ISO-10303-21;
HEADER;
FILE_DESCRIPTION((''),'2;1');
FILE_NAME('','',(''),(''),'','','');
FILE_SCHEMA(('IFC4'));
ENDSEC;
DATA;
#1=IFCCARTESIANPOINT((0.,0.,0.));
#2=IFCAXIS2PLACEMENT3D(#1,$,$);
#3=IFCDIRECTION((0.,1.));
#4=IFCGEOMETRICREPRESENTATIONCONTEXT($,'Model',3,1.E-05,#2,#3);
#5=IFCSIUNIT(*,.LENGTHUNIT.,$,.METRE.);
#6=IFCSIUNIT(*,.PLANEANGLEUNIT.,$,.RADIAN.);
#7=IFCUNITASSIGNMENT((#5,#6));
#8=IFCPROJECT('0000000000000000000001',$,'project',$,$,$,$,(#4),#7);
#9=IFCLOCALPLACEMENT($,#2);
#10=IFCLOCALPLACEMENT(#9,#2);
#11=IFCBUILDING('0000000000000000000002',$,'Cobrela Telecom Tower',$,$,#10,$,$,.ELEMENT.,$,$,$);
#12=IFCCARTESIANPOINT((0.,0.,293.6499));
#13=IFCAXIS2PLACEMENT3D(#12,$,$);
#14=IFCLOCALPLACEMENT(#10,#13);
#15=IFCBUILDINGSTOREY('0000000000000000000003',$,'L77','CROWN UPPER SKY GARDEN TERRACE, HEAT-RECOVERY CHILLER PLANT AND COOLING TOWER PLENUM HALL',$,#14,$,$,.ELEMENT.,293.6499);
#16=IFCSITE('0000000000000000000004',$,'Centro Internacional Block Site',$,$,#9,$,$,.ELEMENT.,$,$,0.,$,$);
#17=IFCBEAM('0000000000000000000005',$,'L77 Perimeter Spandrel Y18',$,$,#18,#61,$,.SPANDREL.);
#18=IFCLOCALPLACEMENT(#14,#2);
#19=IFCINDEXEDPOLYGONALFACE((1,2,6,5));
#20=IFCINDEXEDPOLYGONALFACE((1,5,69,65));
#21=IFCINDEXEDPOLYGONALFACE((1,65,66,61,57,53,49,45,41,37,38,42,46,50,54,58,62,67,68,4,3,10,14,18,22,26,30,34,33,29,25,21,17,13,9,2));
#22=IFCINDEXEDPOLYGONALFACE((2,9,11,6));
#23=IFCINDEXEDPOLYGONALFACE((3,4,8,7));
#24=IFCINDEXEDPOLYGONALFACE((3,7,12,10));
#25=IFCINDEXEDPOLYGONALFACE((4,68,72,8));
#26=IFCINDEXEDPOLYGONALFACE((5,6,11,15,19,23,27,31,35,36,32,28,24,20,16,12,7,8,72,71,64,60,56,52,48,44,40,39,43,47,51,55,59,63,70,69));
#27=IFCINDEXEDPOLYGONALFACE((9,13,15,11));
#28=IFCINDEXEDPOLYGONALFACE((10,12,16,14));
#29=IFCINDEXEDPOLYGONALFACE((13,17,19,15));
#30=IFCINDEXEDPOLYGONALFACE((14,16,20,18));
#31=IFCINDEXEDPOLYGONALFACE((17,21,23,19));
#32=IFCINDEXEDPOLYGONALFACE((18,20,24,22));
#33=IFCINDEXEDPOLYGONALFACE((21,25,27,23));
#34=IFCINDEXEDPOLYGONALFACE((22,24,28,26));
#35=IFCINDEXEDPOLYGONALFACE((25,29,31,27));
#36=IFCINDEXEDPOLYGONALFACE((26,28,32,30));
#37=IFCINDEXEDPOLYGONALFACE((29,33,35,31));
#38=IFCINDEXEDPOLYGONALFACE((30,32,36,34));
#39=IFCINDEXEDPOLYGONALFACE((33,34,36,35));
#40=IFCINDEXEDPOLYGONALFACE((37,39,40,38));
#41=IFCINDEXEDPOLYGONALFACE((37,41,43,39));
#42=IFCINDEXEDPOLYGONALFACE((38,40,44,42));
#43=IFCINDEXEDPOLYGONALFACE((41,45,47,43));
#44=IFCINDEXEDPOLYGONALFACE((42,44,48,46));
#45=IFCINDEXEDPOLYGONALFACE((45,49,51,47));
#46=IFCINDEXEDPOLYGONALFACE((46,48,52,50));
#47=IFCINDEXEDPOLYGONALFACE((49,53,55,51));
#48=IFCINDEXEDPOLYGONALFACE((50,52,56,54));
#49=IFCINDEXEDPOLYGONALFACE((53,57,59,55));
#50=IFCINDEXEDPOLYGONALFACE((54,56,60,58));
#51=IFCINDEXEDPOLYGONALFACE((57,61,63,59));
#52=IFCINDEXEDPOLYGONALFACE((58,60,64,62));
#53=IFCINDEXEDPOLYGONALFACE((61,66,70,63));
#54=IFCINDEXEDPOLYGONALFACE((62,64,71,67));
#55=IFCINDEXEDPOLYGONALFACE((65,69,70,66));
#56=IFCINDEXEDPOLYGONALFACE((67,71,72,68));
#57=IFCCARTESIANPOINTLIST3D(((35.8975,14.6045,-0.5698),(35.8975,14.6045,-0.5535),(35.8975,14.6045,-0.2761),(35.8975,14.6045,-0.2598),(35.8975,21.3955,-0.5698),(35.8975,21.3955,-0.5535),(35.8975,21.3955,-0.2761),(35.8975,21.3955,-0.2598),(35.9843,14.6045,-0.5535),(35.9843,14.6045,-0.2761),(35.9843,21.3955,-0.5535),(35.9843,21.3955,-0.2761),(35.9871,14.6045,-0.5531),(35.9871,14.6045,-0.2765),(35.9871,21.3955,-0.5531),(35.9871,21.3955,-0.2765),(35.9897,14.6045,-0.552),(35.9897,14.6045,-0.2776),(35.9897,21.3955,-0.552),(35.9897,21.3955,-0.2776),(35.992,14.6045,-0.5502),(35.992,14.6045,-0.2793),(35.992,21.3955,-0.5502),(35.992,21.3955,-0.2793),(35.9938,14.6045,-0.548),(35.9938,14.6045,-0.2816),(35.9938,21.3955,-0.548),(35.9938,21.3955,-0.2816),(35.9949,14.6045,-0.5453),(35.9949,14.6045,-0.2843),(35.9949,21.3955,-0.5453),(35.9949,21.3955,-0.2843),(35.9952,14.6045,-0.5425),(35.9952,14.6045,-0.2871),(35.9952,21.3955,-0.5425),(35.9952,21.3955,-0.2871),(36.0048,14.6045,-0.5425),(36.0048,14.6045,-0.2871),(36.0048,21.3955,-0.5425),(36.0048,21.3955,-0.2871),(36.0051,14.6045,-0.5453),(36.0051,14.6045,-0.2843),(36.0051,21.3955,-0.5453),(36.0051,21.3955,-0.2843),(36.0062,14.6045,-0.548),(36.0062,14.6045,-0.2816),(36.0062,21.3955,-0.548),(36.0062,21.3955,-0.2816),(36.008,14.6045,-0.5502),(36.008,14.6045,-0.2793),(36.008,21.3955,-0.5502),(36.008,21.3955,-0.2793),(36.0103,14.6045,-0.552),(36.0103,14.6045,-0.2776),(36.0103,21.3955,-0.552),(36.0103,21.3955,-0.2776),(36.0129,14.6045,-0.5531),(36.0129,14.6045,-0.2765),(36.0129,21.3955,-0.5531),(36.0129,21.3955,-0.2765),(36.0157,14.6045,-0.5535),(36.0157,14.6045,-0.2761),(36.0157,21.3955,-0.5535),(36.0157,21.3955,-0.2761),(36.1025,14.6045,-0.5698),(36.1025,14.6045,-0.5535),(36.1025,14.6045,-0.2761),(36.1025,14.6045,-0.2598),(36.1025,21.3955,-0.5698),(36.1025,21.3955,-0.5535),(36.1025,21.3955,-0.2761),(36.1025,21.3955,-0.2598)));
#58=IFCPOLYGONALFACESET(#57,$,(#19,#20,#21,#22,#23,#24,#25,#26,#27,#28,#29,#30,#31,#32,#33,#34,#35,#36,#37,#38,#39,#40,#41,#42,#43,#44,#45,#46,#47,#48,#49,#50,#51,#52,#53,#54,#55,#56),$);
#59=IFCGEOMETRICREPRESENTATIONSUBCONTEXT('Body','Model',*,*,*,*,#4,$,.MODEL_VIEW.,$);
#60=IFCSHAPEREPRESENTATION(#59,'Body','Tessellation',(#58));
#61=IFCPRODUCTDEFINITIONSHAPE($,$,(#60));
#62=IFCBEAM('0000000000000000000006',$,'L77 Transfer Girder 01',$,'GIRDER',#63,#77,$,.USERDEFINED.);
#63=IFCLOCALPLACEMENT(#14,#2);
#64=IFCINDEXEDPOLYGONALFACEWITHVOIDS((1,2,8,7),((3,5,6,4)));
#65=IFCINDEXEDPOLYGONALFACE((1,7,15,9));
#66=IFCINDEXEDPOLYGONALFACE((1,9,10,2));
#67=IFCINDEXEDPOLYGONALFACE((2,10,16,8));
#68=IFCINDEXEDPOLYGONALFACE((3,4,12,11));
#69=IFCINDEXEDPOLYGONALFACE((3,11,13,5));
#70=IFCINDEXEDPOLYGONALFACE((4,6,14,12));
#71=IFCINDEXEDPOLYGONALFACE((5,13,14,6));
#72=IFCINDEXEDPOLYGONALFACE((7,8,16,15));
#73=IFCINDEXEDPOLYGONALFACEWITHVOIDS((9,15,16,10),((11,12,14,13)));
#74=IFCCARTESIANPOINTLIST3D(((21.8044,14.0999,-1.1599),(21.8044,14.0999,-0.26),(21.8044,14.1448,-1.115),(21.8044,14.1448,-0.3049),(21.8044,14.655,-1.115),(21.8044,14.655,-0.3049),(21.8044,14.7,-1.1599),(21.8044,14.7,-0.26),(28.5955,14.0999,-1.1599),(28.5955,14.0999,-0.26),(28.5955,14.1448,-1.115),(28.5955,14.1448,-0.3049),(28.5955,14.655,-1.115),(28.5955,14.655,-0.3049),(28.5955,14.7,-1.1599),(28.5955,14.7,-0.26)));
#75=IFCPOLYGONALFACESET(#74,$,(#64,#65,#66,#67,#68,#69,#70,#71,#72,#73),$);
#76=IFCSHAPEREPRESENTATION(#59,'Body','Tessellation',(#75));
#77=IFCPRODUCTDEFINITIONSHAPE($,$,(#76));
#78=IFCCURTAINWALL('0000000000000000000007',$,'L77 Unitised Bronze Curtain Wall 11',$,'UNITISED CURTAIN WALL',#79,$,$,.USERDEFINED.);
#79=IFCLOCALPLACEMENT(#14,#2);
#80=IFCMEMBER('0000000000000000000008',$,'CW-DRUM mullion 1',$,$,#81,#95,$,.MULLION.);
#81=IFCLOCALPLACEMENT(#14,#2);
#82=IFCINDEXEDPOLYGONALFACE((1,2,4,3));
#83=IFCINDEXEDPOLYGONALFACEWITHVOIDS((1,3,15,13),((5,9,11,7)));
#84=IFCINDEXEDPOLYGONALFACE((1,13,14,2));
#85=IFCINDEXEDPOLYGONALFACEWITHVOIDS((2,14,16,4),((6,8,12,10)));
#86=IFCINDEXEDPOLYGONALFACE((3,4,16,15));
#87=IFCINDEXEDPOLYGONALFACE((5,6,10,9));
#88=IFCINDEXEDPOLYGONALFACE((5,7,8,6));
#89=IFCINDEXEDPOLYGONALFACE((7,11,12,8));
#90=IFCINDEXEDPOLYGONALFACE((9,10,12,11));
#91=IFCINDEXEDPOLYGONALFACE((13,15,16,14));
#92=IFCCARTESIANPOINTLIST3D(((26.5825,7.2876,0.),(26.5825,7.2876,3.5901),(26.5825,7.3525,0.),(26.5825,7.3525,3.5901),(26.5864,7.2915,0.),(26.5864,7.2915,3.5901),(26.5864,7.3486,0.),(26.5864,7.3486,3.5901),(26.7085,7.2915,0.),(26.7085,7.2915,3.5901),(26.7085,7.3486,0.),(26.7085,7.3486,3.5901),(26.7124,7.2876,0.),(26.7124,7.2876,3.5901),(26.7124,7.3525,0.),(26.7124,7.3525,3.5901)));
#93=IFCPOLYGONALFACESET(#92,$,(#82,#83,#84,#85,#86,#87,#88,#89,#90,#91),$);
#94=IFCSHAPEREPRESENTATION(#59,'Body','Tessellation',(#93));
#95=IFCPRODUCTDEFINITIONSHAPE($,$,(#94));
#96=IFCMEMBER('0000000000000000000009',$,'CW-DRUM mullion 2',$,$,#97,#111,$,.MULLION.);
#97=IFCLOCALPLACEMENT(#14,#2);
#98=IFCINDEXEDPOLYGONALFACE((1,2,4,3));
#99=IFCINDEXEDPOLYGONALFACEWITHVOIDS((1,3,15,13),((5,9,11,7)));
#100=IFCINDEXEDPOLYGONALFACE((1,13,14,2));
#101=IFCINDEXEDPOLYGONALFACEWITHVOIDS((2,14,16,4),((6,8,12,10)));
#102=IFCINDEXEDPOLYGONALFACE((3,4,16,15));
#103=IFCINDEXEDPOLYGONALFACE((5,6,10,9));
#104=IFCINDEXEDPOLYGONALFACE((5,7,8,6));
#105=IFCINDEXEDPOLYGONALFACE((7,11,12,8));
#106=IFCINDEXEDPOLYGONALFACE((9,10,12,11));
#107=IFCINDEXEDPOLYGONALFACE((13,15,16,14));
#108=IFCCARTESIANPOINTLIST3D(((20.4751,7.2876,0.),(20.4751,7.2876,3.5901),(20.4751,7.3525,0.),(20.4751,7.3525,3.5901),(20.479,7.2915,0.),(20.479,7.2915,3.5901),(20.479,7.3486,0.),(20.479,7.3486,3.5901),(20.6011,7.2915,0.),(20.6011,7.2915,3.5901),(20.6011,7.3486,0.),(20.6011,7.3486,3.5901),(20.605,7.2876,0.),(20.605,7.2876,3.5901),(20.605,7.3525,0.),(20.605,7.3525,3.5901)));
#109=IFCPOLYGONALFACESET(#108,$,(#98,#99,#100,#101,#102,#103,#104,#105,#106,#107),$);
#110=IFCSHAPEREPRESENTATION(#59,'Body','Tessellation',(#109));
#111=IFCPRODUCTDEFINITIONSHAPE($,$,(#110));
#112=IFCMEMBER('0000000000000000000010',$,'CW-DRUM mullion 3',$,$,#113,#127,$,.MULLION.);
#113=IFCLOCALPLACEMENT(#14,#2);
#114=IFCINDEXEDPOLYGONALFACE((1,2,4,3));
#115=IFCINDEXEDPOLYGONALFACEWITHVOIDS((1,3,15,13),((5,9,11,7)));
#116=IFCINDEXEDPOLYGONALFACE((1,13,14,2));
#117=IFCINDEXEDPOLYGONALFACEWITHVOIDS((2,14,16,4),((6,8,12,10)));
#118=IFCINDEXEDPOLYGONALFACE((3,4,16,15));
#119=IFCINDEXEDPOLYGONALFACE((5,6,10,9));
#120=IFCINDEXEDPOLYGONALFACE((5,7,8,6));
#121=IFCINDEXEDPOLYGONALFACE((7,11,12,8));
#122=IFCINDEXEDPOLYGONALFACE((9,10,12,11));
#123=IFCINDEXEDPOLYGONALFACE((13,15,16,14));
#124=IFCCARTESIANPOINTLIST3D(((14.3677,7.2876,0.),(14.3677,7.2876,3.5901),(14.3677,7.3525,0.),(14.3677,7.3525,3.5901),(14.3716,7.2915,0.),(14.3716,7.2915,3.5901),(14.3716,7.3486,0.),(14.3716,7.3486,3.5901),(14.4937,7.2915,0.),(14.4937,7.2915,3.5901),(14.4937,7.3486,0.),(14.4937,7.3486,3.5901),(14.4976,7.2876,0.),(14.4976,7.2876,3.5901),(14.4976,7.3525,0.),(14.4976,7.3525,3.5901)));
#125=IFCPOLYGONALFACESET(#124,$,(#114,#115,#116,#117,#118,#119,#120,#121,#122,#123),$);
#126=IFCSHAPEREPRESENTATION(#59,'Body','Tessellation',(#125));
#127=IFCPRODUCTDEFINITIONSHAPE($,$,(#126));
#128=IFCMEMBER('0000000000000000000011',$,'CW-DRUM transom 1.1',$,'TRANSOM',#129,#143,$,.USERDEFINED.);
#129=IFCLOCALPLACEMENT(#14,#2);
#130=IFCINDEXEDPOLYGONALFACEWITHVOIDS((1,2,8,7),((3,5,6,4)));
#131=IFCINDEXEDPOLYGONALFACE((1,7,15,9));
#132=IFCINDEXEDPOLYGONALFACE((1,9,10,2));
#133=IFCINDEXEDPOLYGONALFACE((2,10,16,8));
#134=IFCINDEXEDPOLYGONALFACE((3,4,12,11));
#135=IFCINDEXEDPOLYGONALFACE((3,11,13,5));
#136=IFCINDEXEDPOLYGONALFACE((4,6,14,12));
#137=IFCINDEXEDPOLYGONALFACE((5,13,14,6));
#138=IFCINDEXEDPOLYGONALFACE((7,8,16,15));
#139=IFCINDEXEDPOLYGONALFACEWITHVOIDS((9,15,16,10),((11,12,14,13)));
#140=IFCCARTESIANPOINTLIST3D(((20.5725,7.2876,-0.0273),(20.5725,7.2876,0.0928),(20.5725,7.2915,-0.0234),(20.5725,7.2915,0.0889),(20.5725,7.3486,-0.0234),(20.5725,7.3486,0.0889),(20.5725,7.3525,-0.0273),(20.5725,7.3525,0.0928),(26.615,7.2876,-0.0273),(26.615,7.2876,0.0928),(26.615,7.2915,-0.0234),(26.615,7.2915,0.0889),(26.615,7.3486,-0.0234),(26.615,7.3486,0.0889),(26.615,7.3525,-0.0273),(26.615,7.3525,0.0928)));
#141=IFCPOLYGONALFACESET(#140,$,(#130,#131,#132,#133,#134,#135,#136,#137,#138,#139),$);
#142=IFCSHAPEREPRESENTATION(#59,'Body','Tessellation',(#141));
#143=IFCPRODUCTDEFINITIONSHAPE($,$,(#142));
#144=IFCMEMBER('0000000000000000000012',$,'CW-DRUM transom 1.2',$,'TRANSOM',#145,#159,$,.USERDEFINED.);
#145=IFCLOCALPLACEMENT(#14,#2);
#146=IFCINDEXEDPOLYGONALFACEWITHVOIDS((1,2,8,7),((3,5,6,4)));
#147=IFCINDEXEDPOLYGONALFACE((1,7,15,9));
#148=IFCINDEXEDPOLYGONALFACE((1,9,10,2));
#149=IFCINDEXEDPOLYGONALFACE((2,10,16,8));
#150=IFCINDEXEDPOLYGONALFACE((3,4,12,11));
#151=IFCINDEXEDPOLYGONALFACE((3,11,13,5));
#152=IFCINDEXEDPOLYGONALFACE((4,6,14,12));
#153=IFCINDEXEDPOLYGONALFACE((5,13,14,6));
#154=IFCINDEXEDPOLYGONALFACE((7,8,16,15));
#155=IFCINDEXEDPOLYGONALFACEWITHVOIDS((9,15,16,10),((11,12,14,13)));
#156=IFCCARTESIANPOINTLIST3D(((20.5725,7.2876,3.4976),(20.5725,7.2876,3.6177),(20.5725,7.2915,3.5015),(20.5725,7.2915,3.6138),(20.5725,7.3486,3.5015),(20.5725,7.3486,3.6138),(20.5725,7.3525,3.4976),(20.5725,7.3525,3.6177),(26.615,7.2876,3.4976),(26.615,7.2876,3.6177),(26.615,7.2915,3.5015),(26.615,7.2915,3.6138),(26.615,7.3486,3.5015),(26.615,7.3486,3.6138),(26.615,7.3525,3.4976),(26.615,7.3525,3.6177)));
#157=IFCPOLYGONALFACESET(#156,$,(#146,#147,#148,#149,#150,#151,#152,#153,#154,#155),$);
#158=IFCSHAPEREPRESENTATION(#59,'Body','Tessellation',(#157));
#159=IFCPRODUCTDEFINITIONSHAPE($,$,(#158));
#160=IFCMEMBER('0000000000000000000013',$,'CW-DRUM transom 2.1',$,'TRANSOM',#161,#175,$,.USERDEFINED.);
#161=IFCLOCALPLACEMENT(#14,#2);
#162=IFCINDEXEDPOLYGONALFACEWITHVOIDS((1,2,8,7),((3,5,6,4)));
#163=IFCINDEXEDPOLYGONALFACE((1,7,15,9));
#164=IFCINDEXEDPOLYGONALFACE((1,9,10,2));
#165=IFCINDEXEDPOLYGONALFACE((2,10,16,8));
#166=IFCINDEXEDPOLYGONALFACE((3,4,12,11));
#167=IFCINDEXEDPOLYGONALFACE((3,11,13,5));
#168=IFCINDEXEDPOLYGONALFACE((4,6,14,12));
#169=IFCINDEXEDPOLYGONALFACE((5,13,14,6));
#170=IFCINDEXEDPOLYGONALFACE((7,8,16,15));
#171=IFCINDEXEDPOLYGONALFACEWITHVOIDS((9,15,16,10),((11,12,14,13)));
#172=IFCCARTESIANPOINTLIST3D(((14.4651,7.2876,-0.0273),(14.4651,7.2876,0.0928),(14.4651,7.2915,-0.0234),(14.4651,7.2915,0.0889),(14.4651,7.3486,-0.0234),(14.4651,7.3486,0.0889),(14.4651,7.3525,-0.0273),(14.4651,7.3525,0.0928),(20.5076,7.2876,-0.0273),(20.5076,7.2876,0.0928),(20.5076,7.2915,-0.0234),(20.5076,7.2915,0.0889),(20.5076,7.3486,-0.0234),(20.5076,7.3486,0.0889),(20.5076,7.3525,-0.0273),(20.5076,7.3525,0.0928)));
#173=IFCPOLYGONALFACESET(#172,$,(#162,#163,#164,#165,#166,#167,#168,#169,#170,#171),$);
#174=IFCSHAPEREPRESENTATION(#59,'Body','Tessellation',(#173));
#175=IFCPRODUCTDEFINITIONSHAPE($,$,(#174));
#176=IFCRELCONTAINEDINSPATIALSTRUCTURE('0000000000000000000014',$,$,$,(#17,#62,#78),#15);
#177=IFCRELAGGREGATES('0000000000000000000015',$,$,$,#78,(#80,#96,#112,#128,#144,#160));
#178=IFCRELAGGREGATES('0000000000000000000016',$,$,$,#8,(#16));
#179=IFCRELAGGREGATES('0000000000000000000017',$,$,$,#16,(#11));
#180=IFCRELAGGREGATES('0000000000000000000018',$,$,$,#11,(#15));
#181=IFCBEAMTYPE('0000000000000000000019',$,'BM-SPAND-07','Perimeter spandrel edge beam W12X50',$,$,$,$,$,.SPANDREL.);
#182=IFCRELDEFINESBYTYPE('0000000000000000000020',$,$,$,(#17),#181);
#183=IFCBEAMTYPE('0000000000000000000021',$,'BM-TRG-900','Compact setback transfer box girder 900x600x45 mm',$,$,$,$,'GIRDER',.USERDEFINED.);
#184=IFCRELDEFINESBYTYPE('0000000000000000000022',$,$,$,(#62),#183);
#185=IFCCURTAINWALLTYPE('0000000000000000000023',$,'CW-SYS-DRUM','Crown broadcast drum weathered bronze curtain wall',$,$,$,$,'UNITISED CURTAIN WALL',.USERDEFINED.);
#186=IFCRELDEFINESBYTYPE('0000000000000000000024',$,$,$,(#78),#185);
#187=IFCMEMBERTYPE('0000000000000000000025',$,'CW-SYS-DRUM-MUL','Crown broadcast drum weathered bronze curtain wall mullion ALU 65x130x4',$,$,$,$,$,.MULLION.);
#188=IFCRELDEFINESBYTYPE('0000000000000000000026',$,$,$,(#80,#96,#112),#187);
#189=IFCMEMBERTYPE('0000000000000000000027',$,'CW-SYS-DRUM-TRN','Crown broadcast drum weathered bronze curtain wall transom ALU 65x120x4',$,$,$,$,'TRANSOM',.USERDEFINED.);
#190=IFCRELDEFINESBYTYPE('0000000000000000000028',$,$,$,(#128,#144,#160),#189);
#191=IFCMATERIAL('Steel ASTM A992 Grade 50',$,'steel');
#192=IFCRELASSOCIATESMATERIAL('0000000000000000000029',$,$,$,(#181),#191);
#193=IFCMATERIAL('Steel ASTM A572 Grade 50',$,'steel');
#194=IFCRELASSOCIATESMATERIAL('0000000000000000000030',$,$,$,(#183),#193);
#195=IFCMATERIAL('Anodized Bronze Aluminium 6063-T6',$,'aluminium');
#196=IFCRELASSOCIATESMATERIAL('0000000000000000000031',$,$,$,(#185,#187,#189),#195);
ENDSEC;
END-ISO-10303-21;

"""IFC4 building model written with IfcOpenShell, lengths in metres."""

from ifc_helpers import new_model, si_unit, direction, frame, origin, origin_2d, place, context, subcontext, project, spatial, hollow_rectangle, i_section, extrude, material, material_profile, profile_set, type_object, element, aggregate, save


model = new_model("IFC4")

# Units and contexts
model_context = context("Model", 3, precision=1e-05, world=origin(), true_north=direction((0.0, 1.0)))
body_context = subcontext(model_context, "Body", "Model", "MODEL_VIEW")
ifc_project = project(units=[si_unit("LENGTHUNIT", "METRE"), si_unit("PLANEANGLEUNIT", "RADIAN")], contexts=[model_context])

# Site, building, storey
site_placement = place(None, origin())
site = spatial("IfcSite", under=ifc_project, at=site_placement, Name="Centro Internacional Block Site", CompositionType="ELEMENT", RefElevation=0.0)
building_placement = place(site_placement, origin())
building = spatial("IfcBuilding", under=site, at=building_placement, Name="Cobrela Telecom Tower", CompositionType="ELEMENT")
storey_placement = place(building_placement, frame((0.0, 0.0, 293.6499)))
storey = spatial("IfcBuildingStorey", under=building, at=storey_placement, Name="L77", Description="CROWN UPPER SKY GARDEN TERRACE, HEAT-RECOVERY CHILLER PLANT AND COOLING TOWER PLENUM HALL", CompositionType="ELEMENT", Elevation=293.6499)

# Shared definitions
ifc_material_1 = material(Name="Steel ASTM A992 Grade 50", Category="steel")
ifc_material_2 = material(Name="Steel ASTM A572 Grade 50", Category="steel")

# Beams
ifc_material_profile_1 = material_profile(ifc_material_1, i_section(OverallWidth=0.2051, OverallDepth=0.3101, WebThickness=0.0095, FlangeThickness=0.0164, FilletRadius=0.011, at=origin_2d()), Name="W12X50")
ifc_profile_set_1 = profile_set([ifc_material_profile_1], Name="Steel ASTM A992 Grade 50")
beam_type_1 = type_object("IfcBeamType", Name="BM-SPAND-07", Description="Perimeter spandrel edge beam W12X50", PredefinedType="SPANDREL", material=ifc_profile_set_1)
beam_1_placement = place(storey_placement, frame((36.0, 14.6045, -0.4148), z_axis=(0.0, 1.0, 0.0), x_axis=(-1.0, 0.0, 0.0)))
element("IfcBeam", 1, at=beam_1_placement, inside=storey, type_object=beam_type_1, Name="L77 Perimeter Spandrel Y18", PredefinedType="SPANDREL", context=body_context, shape_type="SweptSolid", body=[
    extrude(i_section(OverallWidth=0.2051, OverallDepth=0.3101, WebThickness=0.0095, FlangeThickness=0.0164, FilletRadius=0.011, at=origin_2d()), origin(), (0.0, 0.0, 1.0), 6.791),
])
ifc_material_profile_2 = material_profile(ifc_material_2, hollow_rectangle(XDim=0.6001, YDim=0.8999, WallThickness=0.0449, at=origin_2d()), Name="BOX 900x600x45")
ifc_profile_set_2 = profile_set([ifc_material_profile_2], Name="Steel ASTM A572 Grade 50")
beam_type_2 = type_object("IfcBeamType", Name="BM-TRG-900", Description="Compact setback transfer box girder 900x600x45 mm", ElementType="GIRDER", PredefinedType="USERDEFINED", material=ifc_profile_set_2)
beam_2_placement = place(storey_placement, frame((21.8044, 14.3999, -0.71), z_axis=(1.0, 0.0, 0.0), x_axis=(0.0, 1.0, 0.0)))
element("IfcBeam", 2, at=beam_2_placement, inside=storey, type_object=beam_type_2, Name="L77 Transfer Girder 01", ObjectType="GIRDER", PredefinedType="USERDEFINED", context=body_context, shape_type="SweptSolid", body=[
    extrude(hollow_rectangle(XDim=0.6001, YDim=0.8999, WallThickness=0.0449, at=origin_2d()), origin(), (0.0, 0.0, 1.0), 6.791),
])

# Curtain wall, members
ifc_material_3 = material(Name="Anodized Bronze Aluminium 6063-T6", Category="aluminium")
curtain_wall_type = type_object("IfcCurtainWallType", Name="CW-SYS-DRUM", Description="Crown broadcast drum weathered bronze curtain wall", ElementType="UNITISED CURTAIN WALL", PredefinedType="USERDEFINED", material=ifc_material_3)
curtain_wall_placement = place(storey_placement, origin())
curtain_wall = element("IfcCurtainWall", 3, at=curtain_wall_placement, inside=storey, type_object=curtain_wall_type, Name="L77 Unitised Bronze Curtain Wall 11", ObjectType="UNITISED CURTAIN WALL", PredefinedType="USERDEFINED")
ifc_material_profile_3 = material_profile(ifc_material_3, hollow_rectangle(XDim=0.0649, YDim=0.1299, WallThickness=0.0039, at=origin_2d()), Name="ALU 65x130x4")
ifc_profile_set_3 = profile_set([ifc_material_profile_3], Name="Anodized Bronze Aluminium 6063-T6")
member_type_1 = type_object("IfcMemberType", Name="CW-SYS-DRUM-MUL", Description="Crown broadcast drum weathered bronze curtain wall mullion ALU 65x130x4", PredefinedType="MULLION", material=ifc_profile_set_3)
member_1_placement = place(storey_placement, frame((26.6475, 7.3201, 0.0), z_axis=(0.0, 0.0, 1.0), x_axis=(0.0, -1.0, 0.0)))
member_1 = element("IfcMember", 4, at=member_1_placement, type_object=member_type_1, Name="CW-DRUM mullion 1", PredefinedType="MULLION", context=body_context, shape_type="SweptSolid", body=[
    extrude(hollow_rectangle(XDim=0.0649, YDim=0.1299, WallThickness=0.0039, at=origin_2d()), origin(), (0.0, 0.0, 1.0), 3.5901),
])
member_2_placement = place(storey_placement, frame((20.54, 7.3201, 0.0), z_axis=(0.0, 0.0, 1.0), x_axis=(0.0, -1.0, 0.0)))
member_2 = element("IfcMember", 5, at=member_2_placement, type_object=member_type_1, Name="CW-DRUM mullion 2", PredefinedType="MULLION", context=body_context, shape_type="SweptSolid", body=[
    extrude(hollow_rectangle(XDim=0.0649, YDim=0.1299, WallThickness=0.0039, at=origin_2d()), origin(), (0.0, 0.0, 1.0), 3.5901),
])
member_3_placement = place(storey_placement, frame((14.4326, 7.3201, 0.0), z_axis=(0.0, 0.0, 1.0), x_axis=(0.0, -1.0, 0.0)))
member_3 = element("IfcMember", 6, at=member_3_placement, type_object=member_type_1, Name="CW-DRUM mullion 3", PredefinedType="MULLION", context=body_context, shape_type="SweptSolid", body=[
    extrude(hollow_rectangle(XDim=0.0649, YDim=0.1299, WallThickness=0.0039, at=origin_2d()), origin(), (0.0, 0.0, 1.0), 3.5901),
])
ifc_material_profile_4 = material_profile(ifc_material_3, hollow_rectangle(XDim=0.0649, YDim=0.1201, WallThickness=0.0039, at=origin_2d()), Name="ALU 65x120x4")
ifc_profile_set_4 = profile_set([ifc_material_profile_4], Name="Anodized Bronze Aluminium 6063-T6")
member_type_2 = type_object("IfcMemberType", Name="CW-SYS-DRUM-TRN", Description="Crown broadcast drum weathered bronze curtain wall transom ALU 65x120x4", ElementType="TRANSOM", PredefinedType="USERDEFINED", material=ifc_profile_set_4)
member_4_placement = place(storey_placement, frame((26.615, 7.3201, 0.0327), z_axis=(-1.0, 0.0, 0.0), x_axis=(0.0, -1.0, 0.0)))
member_4 = element("IfcMember", 7, at=member_4_placement, type_object=member_type_2, Name="CW-DRUM transom 1.1", ObjectType="TRANSOM", PredefinedType="USERDEFINED", context=body_context, shape_type="SweptSolid", body=[
    extrude(hollow_rectangle(XDim=0.0649, YDim=0.1201, WallThickness=0.0039, at=origin_2d()), origin(), (0.0, 0.0, 1.0), 6.0425),
])
member_5_placement = place(storey_placement, frame((26.615, 7.3201, 3.5576), z_axis=(-1.0, 0.0, 0.0), x_axis=(0.0, -1.0, 0.0)))
member_5 = element("IfcMember", 8, at=member_5_placement, type_object=member_type_2, Name="CW-DRUM transom 1.2", ObjectType="TRANSOM", PredefinedType="USERDEFINED", context=body_context, shape_type="SweptSolid", body=[
    extrude(hollow_rectangle(XDim=0.0649, YDim=0.1201, WallThickness=0.0039, at=origin_2d()), origin(), (0.0, 0.0, 1.0), 6.0425),
])
member_6_placement = place(storey_placement, frame((20.5076, 7.3201, 0.0327), z_axis=(-1.0, 0.0, 0.0), x_axis=(0.0, -1.0, 0.0)))
member_6 = element("IfcMember", 9, at=member_6_placement, type_object=member_type_2, Name="CW-DRUM transom 2.1", ObjectType="TRANSOM", PredefinedType="USERDEFINED", context=body_context, shape_type="SweptSolid", body=[
    extrude(hollow_rectangle(XDim=0.0649, YDim=0.1201, WallThickness=0.0039, at=origin_2d()), origin(), (0.0, 0.0, 1.0), 6.0425),
])
aggregate(curtain_wall, [member_1, member_2, member_3, member_4, member_5, member_6])

save(model, "model.ifc")
